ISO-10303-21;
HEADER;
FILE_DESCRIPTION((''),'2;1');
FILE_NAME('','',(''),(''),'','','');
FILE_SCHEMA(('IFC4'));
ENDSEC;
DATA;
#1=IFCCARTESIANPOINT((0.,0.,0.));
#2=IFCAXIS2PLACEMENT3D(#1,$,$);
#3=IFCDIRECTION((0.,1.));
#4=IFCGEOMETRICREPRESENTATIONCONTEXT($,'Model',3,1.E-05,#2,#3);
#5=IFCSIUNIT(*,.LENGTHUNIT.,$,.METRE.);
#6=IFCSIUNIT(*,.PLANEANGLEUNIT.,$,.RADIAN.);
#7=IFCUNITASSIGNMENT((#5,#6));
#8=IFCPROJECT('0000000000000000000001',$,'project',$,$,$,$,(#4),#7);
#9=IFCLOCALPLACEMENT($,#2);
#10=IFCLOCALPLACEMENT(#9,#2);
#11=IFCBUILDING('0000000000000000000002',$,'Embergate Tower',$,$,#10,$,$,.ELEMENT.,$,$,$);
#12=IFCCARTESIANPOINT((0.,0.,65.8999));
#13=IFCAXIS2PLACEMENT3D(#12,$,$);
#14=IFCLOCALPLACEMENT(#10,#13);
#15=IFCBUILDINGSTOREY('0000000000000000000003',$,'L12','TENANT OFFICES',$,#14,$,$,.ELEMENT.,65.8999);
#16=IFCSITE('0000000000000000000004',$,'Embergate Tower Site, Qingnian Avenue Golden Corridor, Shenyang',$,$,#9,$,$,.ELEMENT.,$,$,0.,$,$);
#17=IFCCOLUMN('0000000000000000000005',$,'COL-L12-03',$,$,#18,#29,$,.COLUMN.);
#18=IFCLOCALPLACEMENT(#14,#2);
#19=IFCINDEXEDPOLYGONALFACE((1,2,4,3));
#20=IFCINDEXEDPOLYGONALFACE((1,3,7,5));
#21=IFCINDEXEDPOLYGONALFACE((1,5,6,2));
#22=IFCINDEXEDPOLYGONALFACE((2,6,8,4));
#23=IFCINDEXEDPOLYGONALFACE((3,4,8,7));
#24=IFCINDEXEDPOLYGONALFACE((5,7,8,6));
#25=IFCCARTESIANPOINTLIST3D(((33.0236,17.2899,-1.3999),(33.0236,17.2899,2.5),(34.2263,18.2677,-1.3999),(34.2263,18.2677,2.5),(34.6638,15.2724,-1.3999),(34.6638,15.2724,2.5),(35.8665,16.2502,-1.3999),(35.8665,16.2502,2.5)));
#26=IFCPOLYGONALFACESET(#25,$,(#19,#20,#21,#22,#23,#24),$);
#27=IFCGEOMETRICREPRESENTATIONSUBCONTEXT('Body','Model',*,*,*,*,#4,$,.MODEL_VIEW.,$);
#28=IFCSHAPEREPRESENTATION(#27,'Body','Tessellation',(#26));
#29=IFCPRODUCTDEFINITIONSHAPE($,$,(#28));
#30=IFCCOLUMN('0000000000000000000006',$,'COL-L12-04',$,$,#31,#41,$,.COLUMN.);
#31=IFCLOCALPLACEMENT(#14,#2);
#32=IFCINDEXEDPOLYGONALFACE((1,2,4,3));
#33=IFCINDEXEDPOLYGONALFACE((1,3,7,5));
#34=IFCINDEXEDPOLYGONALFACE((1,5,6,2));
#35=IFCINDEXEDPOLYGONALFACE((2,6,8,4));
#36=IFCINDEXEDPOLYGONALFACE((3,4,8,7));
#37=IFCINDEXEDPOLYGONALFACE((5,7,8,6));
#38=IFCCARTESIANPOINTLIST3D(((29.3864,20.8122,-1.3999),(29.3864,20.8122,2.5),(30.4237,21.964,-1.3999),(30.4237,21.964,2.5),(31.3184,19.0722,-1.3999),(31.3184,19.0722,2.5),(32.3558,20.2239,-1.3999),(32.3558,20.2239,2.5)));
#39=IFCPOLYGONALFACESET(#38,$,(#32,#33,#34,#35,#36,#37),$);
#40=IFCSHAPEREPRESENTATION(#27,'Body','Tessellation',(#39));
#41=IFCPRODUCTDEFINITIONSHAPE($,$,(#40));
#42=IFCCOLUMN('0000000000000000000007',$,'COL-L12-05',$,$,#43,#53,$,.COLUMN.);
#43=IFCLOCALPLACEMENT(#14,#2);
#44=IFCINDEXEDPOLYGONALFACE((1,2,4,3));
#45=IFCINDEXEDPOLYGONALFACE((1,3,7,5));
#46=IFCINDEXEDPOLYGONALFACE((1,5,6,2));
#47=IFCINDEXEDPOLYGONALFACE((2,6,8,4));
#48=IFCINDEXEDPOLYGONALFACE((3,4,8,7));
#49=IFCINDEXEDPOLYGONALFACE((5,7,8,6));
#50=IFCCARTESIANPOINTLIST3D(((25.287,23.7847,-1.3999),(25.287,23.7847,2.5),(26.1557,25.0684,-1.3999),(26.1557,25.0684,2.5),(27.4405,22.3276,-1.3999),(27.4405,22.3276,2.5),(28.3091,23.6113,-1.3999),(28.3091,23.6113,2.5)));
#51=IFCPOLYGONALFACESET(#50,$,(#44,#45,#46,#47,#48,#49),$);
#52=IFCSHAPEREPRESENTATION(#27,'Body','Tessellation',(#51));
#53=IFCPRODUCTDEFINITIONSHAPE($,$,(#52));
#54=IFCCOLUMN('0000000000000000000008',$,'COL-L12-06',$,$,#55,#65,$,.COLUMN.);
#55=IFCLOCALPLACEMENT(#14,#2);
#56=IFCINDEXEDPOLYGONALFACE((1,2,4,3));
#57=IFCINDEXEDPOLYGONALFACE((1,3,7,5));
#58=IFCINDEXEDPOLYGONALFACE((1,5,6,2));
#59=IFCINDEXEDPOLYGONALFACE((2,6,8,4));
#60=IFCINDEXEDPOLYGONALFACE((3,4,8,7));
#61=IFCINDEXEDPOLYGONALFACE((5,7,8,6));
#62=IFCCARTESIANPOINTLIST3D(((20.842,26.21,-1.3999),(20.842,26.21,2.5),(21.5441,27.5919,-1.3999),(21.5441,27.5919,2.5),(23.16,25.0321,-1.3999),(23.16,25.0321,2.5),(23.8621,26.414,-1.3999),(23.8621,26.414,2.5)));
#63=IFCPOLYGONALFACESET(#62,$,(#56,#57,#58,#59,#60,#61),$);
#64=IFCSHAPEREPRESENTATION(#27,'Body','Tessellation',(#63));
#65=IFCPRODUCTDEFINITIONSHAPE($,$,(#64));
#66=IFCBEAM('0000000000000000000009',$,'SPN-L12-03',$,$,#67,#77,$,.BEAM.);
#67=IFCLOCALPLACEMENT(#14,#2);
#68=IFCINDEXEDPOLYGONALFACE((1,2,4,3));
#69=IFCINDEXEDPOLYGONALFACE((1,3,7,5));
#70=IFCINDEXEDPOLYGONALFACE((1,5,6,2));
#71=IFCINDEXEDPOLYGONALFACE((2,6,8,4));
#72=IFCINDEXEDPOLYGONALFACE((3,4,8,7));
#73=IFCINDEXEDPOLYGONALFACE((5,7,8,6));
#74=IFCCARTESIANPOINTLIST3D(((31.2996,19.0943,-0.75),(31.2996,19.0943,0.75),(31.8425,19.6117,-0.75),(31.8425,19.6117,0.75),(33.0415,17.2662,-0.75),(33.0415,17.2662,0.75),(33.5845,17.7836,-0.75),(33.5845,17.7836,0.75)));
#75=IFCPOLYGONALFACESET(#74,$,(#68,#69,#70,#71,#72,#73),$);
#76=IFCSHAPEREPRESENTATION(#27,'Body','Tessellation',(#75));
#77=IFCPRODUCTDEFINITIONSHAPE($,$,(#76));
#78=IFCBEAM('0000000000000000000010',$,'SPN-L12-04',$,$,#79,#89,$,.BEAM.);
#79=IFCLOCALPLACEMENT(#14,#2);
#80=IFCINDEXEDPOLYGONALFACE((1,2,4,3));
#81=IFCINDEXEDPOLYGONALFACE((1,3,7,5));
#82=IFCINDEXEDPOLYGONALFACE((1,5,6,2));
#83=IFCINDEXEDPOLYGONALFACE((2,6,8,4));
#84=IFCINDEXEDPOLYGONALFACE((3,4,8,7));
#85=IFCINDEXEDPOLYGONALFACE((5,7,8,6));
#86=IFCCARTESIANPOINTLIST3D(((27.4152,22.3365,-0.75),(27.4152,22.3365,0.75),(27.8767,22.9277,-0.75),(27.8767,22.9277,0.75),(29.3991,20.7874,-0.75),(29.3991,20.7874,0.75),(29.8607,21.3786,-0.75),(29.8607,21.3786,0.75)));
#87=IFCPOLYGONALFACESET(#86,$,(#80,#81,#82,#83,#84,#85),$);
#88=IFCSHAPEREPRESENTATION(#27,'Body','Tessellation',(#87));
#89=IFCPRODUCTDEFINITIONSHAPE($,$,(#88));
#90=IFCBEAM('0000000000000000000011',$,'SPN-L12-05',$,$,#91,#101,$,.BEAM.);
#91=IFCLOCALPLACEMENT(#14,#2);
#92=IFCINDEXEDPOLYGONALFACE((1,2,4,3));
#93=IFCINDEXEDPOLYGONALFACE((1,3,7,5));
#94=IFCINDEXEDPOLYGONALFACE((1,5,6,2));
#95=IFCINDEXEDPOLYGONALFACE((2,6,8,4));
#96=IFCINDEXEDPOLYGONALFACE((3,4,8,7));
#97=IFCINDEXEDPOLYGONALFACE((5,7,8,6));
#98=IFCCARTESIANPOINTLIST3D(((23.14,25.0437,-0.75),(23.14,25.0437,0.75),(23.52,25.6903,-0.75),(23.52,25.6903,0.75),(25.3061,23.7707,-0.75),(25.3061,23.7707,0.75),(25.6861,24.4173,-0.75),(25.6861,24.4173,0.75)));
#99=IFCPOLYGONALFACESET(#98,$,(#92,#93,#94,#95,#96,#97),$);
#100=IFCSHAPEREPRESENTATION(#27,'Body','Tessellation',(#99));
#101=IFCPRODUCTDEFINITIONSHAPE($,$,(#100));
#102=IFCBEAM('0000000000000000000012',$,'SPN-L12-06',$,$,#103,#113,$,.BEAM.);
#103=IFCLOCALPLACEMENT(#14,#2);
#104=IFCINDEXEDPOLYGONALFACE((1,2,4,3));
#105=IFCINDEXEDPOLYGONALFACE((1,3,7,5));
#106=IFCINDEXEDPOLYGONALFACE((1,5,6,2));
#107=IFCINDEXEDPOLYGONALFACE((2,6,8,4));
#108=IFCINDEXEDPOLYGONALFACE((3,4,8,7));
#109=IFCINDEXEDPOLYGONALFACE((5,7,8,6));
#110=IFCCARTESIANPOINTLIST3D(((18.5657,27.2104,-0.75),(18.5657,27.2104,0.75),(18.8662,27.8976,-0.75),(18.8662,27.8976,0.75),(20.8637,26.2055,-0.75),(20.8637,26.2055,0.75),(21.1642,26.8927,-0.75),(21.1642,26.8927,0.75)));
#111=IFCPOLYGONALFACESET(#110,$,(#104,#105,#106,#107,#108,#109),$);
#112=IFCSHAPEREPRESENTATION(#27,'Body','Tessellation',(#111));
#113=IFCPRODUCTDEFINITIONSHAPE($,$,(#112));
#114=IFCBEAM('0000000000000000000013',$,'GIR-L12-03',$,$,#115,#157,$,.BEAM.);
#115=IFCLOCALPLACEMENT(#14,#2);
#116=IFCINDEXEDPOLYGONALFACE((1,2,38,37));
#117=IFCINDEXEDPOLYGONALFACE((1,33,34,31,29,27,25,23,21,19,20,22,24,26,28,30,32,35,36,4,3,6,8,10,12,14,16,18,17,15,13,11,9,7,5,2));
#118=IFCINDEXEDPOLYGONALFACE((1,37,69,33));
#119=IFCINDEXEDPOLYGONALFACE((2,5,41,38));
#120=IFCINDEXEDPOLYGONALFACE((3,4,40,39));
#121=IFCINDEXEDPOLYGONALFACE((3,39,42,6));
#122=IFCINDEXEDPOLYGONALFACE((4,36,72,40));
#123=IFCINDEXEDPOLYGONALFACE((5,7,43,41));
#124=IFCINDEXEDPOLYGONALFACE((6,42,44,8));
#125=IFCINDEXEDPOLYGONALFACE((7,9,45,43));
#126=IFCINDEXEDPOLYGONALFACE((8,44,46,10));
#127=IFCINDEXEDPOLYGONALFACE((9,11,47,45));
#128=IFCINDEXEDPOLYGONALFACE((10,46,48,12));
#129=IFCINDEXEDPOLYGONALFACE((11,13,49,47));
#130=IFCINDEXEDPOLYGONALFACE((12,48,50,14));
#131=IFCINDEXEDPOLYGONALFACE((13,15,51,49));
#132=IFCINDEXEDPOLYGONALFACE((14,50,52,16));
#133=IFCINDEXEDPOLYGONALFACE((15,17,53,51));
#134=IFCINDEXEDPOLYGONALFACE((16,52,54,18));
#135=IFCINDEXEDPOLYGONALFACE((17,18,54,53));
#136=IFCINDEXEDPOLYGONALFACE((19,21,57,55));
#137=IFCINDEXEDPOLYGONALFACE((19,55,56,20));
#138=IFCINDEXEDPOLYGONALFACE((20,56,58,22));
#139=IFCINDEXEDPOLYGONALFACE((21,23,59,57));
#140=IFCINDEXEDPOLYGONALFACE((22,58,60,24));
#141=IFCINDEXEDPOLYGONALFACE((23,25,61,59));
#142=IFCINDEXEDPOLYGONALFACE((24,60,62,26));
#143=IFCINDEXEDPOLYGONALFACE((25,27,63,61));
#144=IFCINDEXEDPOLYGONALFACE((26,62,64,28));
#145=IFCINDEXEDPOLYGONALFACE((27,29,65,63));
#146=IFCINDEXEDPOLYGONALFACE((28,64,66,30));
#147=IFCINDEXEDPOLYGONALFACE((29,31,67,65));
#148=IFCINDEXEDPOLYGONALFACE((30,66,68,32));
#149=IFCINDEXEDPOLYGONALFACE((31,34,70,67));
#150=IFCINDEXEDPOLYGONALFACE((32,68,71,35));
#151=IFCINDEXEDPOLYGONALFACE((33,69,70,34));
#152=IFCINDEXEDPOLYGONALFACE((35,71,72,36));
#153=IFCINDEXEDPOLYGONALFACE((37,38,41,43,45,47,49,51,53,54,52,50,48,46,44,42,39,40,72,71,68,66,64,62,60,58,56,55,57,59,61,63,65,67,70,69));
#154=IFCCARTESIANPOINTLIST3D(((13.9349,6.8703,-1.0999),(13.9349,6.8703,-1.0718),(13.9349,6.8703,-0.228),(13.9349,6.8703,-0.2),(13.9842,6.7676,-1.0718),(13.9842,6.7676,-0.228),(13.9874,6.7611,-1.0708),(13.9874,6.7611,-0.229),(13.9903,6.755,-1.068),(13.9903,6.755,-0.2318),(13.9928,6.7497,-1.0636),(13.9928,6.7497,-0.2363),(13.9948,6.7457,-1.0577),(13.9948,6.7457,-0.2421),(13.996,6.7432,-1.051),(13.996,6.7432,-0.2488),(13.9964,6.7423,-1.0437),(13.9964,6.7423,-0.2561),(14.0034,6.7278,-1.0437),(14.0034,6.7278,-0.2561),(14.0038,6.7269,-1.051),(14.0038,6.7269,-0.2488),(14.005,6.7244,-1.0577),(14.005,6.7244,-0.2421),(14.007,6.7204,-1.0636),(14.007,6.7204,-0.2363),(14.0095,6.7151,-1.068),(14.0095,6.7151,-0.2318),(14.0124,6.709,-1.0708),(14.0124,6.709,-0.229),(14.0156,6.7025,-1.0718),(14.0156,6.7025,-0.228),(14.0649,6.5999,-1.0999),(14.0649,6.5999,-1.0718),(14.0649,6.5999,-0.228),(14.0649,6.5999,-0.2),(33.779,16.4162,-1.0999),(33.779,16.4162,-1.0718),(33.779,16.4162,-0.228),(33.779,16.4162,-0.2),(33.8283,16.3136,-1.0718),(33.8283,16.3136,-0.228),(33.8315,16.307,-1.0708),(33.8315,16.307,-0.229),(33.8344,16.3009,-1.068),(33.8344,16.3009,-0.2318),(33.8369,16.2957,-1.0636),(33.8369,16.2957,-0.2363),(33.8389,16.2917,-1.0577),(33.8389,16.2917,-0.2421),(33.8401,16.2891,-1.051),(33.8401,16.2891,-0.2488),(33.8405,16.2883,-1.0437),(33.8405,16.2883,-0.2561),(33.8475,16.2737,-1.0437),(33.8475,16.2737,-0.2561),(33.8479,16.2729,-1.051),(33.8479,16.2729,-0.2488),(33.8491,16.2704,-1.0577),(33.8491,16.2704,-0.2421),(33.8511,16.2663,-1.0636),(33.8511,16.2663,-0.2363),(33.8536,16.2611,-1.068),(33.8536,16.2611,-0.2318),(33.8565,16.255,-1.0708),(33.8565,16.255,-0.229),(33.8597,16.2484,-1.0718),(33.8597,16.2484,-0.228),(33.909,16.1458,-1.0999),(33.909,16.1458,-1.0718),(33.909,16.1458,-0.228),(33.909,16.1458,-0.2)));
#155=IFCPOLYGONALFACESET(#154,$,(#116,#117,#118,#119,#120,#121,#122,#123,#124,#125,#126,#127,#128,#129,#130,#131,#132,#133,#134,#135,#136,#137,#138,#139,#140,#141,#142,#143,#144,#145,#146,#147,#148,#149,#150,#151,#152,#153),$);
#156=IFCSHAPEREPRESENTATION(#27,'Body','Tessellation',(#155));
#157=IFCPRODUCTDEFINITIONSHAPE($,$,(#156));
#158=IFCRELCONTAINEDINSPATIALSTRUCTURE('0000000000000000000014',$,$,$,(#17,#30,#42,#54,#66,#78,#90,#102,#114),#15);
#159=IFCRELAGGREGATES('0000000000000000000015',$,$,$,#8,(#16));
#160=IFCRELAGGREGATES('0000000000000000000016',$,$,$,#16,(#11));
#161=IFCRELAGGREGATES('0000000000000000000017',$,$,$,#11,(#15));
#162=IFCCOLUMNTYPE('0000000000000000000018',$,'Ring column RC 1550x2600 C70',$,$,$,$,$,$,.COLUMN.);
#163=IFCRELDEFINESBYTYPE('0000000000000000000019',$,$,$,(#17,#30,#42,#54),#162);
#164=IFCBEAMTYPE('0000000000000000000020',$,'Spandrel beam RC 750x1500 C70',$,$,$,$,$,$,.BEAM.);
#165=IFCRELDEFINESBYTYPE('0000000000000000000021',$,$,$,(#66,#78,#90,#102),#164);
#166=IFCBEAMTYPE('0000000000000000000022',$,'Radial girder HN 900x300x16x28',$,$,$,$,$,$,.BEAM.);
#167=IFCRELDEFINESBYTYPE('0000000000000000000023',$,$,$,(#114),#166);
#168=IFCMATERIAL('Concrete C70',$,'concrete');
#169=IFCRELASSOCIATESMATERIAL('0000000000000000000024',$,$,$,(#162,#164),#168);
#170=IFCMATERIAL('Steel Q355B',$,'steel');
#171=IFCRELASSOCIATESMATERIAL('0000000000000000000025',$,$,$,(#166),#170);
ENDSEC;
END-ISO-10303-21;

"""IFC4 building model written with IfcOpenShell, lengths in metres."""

from ifc_helpers import new_model, si_unit, direction, frame, origin, origin_2d, place, context, subcontext, project, spatial, rectangle, i_section, extrude, source, transform, mapped, material, material_profile, profile_set, type_object, element, save


model = new_model("IFC4")

# Units and contexts
model_context = context("Model", 3, precision=1e-05, world=origin(), true_north=direction((0.0, 1.0)))
body_context = subcontext(model_context, "Body", "Model", "MODEL_VIEW")
ifc_project = project(units=[si_unit("LENGTHUNIT", "METRE"), si_unit("PLANEANGLEUNIT", "RADIAN")], contexts=[model_context])

# Site, building, storey
site_placement = place(None, origin())
site = spatial("IfcSite", under=ifc_project, at=site_placement, Name="Embergate Tower Site, Qingnian Avenue Golden Corridor, Shenyang", CompositionType="ELEMENT", RefElevation=0.0)
building_placement = place(site_placement, origin())
building = spatial("IfcBuilding", under=site, at=building_placement, Name="Embergate Tower", CompositionType="ELEMENT")
storey_placement = place(building_placement, frame((0.0, 0.0, 65.8999)))
storey = spatial("IfcBuildingStorey", under=building, at=storey_placement, Name="L12", Description="TENANT OFFICES", CompositionType="ELEMENT", Elevation=65.8999)

# Columns
ifc_material_1 = material(Name="Concrete C70", Category="concrete")
ifc_material_profile_1 = material_profile(ifc_material_1, rectangle(XDim=1.55, YDim=2.6001, at=origin_2d()), Name="RC 1550x2600")
ifc_profile_set_1 = profile_set([ifc_material_profile_1], Name="Concrete C70")
column_type = type_object("IfcColumnType", Name="Ring column RC 1550x2600 C70", PredefinedType="COLUMN", material=ifc_profile_set_1)
shared_shape_1 = source(origin(), body_context, "Body", "SweptSolid", [
    extrude(rectangle(XDim=1.55, YDim=2.6001, at=origin_2d()), origin(), (0.0, 0.0, 1.0), 3.8999),
])
for number, where, z_axis, x_axis, name in (
    (1, (34.4451, 16.77, -1.3999), (0.0, 0.0, 1.0), (0.775925, 0.630825, 0.0), "COL-L12-03"),
    (2, (30.8711, 20.5181, -1.3999), (0.0, 0.0, 1.0), (0.669221, 0.743063, 0.0), "COL-L12-04"),
    (3, (26.7981, 23.698, -1.3999), (0.0, 0.0, 1.0), (0.560408, 0.828217, 0.0), "COL-L12-05"),
    (4, (22.3521, 26.312, -1.3999), (0.0, 0.0, 1.0), (0.453011, 0.891505, 0.0), "COL-L12-06"),
):
    element("IfcColumn", number, at=place(storey_placement, frame(where, z_axis=z_axis, x_axis=x_axis)), inside=storey, type_object=column_type, Name=name, PredefinedType="COLUMN", context=body_context, shape_type="MappedRepresentation", body=[
        mapped(shared_shape_1, transform((0.0, 0.0, 0.0))),
    ])

# Beams
ifc_material_profile_2 = material_profile(ifc_material_1, rectangle(XDim=0.75, YDim=1.5, at=origin_2d()), Name="RC 750x1500")
ifc_profile_set_2 = profile_set([ifc_material_profile_2], Name="Concrete C70")
beam_type_1 = type_object("IfcBeamType", Name="Spandrel beam RC 750x1500 C70", PredefinedType="BEAM", material=ifc_profile_set_2)
shared_shape_2 = source(origin(), body_context, "Body", "SweptSolid", [
    extrude(rectangle(XDim=0.75, YDim=1.5, at=origin_2d()), origin(), (0.0, 0.0, 1.0), 2.5251),
])
beam_1_placement = place(storey_placement, frame((33.313, 17.5249, 0.0), z_axis=(-0.689836, 0.723965, 0.0), x_axis=(-0.723965, -0.689836, 0.0)))
element("IfcBeam", 5, at=beam_1_placement, inside=storey, type_object=beam_type_1, Name="SPN-L12-03", PredefinedType="BEAM", context=body_context, shape_type="MappedRepresentation", body=[
    mapped(shared_shape_2, transform((0.0, 0.0, 0.0))),
])
shared_shape_3 = source(origin(), body_context, "Body", "SweptSolid", [
    extrude(rectangle(XDim=0.75, YDim=1.5, at=origin_2d()), origin(), (0.0, 0.0, 1.0), 2.5171),
])
beam_2_placement = place(storey_placement, frame((29.6299, 21.083, 0.0), z_axis=(-0.788186, 0.615437, 0.0), x_axis=(-0.615437, -0.788186, 0.0)))
element("IfcBeam", 6, at=beam_2_placement, inside=storey, type_object=beam_type_1, Name="SPN-L12-04", PredefinedType="BEAM", context=body_context, shape_type="MappedRepresentation", body=[
    mapped(shared_shape_3, transform((0.0, 0.0, 0.0))),
])
shared_shape_4 = source(origin(), body_context, "Body", "SweptSolid", [
    extrude(rectangle(XDim=0.75, YDim=1.5, at=origin_2d()), origin(), (0.0, 0.0, 1.0), 2.5125),
])
beam_3_placement = place(storey_placement, frame((25.4961, 24.094, 0.0), z_axis=(-0.862139, 0.506672, 0.0), x_axis=(-0.506672, -0.862139, 0.0)))
element("IfcBeam", 7, at=beam_3_placement, inside=storey, type_object=beam_type_1, Name="SPN-L12-05", PredefinedType="BEAM", context=body_context, shape_type="MappedRepresentation", body=[
    mapped(shared_shape_4, transform((0.0, 0.0, 0.0))),
])
shared_shape_5 = source(origin(), body_context, "Body", "SweptSolid", [
    extrude(rectangle(XDim=0.75, YDim=1.5, at=origin_2d()), origin(), (0.0, 0.0, 1.0), 2.5081),
])
beam_4_placement = place(storey_placement, frame((21.0139, 26.5491, 0.0), z_axis=(-0.91622, 0.400676, 0.0), x_axis=(-0.400676, -0.91622, 0.0)))
element("IfcBeam", 8, at=beam_4_placement, inside=storey, type_object=beam_type_1, Name="SPN-L12-06", PredefinedType="BEAM", context=body_context, shape_type="MappedRepresentation", body=[
    mapped(shared_shape_5, transform((0.0, 0.0, 0.0))),
])
ifc_material_2 = material(Name="Steel Q355B", Category="steel")
ifc_material_profile_3 = material_profile(ifc_material_2, i_section(OverallWidth=0.3, OverallDepth=0.8999, WebThickness=0.0161, FlangeThickness=0.0281, FilletRadius=0.0281, at=origin_2d()), Name="HN 900x300x16x28")
ifc_profile_set_3 = profile_set([ifc_material_profile_3], Name="Steel Q355 grade B")
beam_type_2 = type_object("IfcBeamType", Name="Radial girder HN 900x300x16x28", PredefinedType="BEAM", material=ifc_profile_set_3)
shared_shape_6 = source(origin(), body_context, "Body", "SweptSolid", [
    extrude(i_section(OverallWidth=0.3, OverallDepth=0.8999, WebThickness=0.0161, FlangeThickness=0.0281, FilletRadius=0.0281, at=origin_2d()), origin(), (0.0, 0.0, 1.0), 22.0208),
])
beam_5_placement = place(storey_placement, frame((33.844, 16.281, -0.6499), z_axis=(-0.901155, -0.433498, 0.0), x_axis=(0.433498, -0.901155, 0.0)))
element("IfcBeam", 9, at=beam_5_placement, inside=storey, type_object=beam_type_2, Name="GIR-L12-03", PredefinedType="BEAM", context=body_context, shape_type="MappedRepresentation", body=[
    mapped(shared_shape_6, transform((0.0, 0.0, 0.0))),
])

save(model, "model.ifc")
